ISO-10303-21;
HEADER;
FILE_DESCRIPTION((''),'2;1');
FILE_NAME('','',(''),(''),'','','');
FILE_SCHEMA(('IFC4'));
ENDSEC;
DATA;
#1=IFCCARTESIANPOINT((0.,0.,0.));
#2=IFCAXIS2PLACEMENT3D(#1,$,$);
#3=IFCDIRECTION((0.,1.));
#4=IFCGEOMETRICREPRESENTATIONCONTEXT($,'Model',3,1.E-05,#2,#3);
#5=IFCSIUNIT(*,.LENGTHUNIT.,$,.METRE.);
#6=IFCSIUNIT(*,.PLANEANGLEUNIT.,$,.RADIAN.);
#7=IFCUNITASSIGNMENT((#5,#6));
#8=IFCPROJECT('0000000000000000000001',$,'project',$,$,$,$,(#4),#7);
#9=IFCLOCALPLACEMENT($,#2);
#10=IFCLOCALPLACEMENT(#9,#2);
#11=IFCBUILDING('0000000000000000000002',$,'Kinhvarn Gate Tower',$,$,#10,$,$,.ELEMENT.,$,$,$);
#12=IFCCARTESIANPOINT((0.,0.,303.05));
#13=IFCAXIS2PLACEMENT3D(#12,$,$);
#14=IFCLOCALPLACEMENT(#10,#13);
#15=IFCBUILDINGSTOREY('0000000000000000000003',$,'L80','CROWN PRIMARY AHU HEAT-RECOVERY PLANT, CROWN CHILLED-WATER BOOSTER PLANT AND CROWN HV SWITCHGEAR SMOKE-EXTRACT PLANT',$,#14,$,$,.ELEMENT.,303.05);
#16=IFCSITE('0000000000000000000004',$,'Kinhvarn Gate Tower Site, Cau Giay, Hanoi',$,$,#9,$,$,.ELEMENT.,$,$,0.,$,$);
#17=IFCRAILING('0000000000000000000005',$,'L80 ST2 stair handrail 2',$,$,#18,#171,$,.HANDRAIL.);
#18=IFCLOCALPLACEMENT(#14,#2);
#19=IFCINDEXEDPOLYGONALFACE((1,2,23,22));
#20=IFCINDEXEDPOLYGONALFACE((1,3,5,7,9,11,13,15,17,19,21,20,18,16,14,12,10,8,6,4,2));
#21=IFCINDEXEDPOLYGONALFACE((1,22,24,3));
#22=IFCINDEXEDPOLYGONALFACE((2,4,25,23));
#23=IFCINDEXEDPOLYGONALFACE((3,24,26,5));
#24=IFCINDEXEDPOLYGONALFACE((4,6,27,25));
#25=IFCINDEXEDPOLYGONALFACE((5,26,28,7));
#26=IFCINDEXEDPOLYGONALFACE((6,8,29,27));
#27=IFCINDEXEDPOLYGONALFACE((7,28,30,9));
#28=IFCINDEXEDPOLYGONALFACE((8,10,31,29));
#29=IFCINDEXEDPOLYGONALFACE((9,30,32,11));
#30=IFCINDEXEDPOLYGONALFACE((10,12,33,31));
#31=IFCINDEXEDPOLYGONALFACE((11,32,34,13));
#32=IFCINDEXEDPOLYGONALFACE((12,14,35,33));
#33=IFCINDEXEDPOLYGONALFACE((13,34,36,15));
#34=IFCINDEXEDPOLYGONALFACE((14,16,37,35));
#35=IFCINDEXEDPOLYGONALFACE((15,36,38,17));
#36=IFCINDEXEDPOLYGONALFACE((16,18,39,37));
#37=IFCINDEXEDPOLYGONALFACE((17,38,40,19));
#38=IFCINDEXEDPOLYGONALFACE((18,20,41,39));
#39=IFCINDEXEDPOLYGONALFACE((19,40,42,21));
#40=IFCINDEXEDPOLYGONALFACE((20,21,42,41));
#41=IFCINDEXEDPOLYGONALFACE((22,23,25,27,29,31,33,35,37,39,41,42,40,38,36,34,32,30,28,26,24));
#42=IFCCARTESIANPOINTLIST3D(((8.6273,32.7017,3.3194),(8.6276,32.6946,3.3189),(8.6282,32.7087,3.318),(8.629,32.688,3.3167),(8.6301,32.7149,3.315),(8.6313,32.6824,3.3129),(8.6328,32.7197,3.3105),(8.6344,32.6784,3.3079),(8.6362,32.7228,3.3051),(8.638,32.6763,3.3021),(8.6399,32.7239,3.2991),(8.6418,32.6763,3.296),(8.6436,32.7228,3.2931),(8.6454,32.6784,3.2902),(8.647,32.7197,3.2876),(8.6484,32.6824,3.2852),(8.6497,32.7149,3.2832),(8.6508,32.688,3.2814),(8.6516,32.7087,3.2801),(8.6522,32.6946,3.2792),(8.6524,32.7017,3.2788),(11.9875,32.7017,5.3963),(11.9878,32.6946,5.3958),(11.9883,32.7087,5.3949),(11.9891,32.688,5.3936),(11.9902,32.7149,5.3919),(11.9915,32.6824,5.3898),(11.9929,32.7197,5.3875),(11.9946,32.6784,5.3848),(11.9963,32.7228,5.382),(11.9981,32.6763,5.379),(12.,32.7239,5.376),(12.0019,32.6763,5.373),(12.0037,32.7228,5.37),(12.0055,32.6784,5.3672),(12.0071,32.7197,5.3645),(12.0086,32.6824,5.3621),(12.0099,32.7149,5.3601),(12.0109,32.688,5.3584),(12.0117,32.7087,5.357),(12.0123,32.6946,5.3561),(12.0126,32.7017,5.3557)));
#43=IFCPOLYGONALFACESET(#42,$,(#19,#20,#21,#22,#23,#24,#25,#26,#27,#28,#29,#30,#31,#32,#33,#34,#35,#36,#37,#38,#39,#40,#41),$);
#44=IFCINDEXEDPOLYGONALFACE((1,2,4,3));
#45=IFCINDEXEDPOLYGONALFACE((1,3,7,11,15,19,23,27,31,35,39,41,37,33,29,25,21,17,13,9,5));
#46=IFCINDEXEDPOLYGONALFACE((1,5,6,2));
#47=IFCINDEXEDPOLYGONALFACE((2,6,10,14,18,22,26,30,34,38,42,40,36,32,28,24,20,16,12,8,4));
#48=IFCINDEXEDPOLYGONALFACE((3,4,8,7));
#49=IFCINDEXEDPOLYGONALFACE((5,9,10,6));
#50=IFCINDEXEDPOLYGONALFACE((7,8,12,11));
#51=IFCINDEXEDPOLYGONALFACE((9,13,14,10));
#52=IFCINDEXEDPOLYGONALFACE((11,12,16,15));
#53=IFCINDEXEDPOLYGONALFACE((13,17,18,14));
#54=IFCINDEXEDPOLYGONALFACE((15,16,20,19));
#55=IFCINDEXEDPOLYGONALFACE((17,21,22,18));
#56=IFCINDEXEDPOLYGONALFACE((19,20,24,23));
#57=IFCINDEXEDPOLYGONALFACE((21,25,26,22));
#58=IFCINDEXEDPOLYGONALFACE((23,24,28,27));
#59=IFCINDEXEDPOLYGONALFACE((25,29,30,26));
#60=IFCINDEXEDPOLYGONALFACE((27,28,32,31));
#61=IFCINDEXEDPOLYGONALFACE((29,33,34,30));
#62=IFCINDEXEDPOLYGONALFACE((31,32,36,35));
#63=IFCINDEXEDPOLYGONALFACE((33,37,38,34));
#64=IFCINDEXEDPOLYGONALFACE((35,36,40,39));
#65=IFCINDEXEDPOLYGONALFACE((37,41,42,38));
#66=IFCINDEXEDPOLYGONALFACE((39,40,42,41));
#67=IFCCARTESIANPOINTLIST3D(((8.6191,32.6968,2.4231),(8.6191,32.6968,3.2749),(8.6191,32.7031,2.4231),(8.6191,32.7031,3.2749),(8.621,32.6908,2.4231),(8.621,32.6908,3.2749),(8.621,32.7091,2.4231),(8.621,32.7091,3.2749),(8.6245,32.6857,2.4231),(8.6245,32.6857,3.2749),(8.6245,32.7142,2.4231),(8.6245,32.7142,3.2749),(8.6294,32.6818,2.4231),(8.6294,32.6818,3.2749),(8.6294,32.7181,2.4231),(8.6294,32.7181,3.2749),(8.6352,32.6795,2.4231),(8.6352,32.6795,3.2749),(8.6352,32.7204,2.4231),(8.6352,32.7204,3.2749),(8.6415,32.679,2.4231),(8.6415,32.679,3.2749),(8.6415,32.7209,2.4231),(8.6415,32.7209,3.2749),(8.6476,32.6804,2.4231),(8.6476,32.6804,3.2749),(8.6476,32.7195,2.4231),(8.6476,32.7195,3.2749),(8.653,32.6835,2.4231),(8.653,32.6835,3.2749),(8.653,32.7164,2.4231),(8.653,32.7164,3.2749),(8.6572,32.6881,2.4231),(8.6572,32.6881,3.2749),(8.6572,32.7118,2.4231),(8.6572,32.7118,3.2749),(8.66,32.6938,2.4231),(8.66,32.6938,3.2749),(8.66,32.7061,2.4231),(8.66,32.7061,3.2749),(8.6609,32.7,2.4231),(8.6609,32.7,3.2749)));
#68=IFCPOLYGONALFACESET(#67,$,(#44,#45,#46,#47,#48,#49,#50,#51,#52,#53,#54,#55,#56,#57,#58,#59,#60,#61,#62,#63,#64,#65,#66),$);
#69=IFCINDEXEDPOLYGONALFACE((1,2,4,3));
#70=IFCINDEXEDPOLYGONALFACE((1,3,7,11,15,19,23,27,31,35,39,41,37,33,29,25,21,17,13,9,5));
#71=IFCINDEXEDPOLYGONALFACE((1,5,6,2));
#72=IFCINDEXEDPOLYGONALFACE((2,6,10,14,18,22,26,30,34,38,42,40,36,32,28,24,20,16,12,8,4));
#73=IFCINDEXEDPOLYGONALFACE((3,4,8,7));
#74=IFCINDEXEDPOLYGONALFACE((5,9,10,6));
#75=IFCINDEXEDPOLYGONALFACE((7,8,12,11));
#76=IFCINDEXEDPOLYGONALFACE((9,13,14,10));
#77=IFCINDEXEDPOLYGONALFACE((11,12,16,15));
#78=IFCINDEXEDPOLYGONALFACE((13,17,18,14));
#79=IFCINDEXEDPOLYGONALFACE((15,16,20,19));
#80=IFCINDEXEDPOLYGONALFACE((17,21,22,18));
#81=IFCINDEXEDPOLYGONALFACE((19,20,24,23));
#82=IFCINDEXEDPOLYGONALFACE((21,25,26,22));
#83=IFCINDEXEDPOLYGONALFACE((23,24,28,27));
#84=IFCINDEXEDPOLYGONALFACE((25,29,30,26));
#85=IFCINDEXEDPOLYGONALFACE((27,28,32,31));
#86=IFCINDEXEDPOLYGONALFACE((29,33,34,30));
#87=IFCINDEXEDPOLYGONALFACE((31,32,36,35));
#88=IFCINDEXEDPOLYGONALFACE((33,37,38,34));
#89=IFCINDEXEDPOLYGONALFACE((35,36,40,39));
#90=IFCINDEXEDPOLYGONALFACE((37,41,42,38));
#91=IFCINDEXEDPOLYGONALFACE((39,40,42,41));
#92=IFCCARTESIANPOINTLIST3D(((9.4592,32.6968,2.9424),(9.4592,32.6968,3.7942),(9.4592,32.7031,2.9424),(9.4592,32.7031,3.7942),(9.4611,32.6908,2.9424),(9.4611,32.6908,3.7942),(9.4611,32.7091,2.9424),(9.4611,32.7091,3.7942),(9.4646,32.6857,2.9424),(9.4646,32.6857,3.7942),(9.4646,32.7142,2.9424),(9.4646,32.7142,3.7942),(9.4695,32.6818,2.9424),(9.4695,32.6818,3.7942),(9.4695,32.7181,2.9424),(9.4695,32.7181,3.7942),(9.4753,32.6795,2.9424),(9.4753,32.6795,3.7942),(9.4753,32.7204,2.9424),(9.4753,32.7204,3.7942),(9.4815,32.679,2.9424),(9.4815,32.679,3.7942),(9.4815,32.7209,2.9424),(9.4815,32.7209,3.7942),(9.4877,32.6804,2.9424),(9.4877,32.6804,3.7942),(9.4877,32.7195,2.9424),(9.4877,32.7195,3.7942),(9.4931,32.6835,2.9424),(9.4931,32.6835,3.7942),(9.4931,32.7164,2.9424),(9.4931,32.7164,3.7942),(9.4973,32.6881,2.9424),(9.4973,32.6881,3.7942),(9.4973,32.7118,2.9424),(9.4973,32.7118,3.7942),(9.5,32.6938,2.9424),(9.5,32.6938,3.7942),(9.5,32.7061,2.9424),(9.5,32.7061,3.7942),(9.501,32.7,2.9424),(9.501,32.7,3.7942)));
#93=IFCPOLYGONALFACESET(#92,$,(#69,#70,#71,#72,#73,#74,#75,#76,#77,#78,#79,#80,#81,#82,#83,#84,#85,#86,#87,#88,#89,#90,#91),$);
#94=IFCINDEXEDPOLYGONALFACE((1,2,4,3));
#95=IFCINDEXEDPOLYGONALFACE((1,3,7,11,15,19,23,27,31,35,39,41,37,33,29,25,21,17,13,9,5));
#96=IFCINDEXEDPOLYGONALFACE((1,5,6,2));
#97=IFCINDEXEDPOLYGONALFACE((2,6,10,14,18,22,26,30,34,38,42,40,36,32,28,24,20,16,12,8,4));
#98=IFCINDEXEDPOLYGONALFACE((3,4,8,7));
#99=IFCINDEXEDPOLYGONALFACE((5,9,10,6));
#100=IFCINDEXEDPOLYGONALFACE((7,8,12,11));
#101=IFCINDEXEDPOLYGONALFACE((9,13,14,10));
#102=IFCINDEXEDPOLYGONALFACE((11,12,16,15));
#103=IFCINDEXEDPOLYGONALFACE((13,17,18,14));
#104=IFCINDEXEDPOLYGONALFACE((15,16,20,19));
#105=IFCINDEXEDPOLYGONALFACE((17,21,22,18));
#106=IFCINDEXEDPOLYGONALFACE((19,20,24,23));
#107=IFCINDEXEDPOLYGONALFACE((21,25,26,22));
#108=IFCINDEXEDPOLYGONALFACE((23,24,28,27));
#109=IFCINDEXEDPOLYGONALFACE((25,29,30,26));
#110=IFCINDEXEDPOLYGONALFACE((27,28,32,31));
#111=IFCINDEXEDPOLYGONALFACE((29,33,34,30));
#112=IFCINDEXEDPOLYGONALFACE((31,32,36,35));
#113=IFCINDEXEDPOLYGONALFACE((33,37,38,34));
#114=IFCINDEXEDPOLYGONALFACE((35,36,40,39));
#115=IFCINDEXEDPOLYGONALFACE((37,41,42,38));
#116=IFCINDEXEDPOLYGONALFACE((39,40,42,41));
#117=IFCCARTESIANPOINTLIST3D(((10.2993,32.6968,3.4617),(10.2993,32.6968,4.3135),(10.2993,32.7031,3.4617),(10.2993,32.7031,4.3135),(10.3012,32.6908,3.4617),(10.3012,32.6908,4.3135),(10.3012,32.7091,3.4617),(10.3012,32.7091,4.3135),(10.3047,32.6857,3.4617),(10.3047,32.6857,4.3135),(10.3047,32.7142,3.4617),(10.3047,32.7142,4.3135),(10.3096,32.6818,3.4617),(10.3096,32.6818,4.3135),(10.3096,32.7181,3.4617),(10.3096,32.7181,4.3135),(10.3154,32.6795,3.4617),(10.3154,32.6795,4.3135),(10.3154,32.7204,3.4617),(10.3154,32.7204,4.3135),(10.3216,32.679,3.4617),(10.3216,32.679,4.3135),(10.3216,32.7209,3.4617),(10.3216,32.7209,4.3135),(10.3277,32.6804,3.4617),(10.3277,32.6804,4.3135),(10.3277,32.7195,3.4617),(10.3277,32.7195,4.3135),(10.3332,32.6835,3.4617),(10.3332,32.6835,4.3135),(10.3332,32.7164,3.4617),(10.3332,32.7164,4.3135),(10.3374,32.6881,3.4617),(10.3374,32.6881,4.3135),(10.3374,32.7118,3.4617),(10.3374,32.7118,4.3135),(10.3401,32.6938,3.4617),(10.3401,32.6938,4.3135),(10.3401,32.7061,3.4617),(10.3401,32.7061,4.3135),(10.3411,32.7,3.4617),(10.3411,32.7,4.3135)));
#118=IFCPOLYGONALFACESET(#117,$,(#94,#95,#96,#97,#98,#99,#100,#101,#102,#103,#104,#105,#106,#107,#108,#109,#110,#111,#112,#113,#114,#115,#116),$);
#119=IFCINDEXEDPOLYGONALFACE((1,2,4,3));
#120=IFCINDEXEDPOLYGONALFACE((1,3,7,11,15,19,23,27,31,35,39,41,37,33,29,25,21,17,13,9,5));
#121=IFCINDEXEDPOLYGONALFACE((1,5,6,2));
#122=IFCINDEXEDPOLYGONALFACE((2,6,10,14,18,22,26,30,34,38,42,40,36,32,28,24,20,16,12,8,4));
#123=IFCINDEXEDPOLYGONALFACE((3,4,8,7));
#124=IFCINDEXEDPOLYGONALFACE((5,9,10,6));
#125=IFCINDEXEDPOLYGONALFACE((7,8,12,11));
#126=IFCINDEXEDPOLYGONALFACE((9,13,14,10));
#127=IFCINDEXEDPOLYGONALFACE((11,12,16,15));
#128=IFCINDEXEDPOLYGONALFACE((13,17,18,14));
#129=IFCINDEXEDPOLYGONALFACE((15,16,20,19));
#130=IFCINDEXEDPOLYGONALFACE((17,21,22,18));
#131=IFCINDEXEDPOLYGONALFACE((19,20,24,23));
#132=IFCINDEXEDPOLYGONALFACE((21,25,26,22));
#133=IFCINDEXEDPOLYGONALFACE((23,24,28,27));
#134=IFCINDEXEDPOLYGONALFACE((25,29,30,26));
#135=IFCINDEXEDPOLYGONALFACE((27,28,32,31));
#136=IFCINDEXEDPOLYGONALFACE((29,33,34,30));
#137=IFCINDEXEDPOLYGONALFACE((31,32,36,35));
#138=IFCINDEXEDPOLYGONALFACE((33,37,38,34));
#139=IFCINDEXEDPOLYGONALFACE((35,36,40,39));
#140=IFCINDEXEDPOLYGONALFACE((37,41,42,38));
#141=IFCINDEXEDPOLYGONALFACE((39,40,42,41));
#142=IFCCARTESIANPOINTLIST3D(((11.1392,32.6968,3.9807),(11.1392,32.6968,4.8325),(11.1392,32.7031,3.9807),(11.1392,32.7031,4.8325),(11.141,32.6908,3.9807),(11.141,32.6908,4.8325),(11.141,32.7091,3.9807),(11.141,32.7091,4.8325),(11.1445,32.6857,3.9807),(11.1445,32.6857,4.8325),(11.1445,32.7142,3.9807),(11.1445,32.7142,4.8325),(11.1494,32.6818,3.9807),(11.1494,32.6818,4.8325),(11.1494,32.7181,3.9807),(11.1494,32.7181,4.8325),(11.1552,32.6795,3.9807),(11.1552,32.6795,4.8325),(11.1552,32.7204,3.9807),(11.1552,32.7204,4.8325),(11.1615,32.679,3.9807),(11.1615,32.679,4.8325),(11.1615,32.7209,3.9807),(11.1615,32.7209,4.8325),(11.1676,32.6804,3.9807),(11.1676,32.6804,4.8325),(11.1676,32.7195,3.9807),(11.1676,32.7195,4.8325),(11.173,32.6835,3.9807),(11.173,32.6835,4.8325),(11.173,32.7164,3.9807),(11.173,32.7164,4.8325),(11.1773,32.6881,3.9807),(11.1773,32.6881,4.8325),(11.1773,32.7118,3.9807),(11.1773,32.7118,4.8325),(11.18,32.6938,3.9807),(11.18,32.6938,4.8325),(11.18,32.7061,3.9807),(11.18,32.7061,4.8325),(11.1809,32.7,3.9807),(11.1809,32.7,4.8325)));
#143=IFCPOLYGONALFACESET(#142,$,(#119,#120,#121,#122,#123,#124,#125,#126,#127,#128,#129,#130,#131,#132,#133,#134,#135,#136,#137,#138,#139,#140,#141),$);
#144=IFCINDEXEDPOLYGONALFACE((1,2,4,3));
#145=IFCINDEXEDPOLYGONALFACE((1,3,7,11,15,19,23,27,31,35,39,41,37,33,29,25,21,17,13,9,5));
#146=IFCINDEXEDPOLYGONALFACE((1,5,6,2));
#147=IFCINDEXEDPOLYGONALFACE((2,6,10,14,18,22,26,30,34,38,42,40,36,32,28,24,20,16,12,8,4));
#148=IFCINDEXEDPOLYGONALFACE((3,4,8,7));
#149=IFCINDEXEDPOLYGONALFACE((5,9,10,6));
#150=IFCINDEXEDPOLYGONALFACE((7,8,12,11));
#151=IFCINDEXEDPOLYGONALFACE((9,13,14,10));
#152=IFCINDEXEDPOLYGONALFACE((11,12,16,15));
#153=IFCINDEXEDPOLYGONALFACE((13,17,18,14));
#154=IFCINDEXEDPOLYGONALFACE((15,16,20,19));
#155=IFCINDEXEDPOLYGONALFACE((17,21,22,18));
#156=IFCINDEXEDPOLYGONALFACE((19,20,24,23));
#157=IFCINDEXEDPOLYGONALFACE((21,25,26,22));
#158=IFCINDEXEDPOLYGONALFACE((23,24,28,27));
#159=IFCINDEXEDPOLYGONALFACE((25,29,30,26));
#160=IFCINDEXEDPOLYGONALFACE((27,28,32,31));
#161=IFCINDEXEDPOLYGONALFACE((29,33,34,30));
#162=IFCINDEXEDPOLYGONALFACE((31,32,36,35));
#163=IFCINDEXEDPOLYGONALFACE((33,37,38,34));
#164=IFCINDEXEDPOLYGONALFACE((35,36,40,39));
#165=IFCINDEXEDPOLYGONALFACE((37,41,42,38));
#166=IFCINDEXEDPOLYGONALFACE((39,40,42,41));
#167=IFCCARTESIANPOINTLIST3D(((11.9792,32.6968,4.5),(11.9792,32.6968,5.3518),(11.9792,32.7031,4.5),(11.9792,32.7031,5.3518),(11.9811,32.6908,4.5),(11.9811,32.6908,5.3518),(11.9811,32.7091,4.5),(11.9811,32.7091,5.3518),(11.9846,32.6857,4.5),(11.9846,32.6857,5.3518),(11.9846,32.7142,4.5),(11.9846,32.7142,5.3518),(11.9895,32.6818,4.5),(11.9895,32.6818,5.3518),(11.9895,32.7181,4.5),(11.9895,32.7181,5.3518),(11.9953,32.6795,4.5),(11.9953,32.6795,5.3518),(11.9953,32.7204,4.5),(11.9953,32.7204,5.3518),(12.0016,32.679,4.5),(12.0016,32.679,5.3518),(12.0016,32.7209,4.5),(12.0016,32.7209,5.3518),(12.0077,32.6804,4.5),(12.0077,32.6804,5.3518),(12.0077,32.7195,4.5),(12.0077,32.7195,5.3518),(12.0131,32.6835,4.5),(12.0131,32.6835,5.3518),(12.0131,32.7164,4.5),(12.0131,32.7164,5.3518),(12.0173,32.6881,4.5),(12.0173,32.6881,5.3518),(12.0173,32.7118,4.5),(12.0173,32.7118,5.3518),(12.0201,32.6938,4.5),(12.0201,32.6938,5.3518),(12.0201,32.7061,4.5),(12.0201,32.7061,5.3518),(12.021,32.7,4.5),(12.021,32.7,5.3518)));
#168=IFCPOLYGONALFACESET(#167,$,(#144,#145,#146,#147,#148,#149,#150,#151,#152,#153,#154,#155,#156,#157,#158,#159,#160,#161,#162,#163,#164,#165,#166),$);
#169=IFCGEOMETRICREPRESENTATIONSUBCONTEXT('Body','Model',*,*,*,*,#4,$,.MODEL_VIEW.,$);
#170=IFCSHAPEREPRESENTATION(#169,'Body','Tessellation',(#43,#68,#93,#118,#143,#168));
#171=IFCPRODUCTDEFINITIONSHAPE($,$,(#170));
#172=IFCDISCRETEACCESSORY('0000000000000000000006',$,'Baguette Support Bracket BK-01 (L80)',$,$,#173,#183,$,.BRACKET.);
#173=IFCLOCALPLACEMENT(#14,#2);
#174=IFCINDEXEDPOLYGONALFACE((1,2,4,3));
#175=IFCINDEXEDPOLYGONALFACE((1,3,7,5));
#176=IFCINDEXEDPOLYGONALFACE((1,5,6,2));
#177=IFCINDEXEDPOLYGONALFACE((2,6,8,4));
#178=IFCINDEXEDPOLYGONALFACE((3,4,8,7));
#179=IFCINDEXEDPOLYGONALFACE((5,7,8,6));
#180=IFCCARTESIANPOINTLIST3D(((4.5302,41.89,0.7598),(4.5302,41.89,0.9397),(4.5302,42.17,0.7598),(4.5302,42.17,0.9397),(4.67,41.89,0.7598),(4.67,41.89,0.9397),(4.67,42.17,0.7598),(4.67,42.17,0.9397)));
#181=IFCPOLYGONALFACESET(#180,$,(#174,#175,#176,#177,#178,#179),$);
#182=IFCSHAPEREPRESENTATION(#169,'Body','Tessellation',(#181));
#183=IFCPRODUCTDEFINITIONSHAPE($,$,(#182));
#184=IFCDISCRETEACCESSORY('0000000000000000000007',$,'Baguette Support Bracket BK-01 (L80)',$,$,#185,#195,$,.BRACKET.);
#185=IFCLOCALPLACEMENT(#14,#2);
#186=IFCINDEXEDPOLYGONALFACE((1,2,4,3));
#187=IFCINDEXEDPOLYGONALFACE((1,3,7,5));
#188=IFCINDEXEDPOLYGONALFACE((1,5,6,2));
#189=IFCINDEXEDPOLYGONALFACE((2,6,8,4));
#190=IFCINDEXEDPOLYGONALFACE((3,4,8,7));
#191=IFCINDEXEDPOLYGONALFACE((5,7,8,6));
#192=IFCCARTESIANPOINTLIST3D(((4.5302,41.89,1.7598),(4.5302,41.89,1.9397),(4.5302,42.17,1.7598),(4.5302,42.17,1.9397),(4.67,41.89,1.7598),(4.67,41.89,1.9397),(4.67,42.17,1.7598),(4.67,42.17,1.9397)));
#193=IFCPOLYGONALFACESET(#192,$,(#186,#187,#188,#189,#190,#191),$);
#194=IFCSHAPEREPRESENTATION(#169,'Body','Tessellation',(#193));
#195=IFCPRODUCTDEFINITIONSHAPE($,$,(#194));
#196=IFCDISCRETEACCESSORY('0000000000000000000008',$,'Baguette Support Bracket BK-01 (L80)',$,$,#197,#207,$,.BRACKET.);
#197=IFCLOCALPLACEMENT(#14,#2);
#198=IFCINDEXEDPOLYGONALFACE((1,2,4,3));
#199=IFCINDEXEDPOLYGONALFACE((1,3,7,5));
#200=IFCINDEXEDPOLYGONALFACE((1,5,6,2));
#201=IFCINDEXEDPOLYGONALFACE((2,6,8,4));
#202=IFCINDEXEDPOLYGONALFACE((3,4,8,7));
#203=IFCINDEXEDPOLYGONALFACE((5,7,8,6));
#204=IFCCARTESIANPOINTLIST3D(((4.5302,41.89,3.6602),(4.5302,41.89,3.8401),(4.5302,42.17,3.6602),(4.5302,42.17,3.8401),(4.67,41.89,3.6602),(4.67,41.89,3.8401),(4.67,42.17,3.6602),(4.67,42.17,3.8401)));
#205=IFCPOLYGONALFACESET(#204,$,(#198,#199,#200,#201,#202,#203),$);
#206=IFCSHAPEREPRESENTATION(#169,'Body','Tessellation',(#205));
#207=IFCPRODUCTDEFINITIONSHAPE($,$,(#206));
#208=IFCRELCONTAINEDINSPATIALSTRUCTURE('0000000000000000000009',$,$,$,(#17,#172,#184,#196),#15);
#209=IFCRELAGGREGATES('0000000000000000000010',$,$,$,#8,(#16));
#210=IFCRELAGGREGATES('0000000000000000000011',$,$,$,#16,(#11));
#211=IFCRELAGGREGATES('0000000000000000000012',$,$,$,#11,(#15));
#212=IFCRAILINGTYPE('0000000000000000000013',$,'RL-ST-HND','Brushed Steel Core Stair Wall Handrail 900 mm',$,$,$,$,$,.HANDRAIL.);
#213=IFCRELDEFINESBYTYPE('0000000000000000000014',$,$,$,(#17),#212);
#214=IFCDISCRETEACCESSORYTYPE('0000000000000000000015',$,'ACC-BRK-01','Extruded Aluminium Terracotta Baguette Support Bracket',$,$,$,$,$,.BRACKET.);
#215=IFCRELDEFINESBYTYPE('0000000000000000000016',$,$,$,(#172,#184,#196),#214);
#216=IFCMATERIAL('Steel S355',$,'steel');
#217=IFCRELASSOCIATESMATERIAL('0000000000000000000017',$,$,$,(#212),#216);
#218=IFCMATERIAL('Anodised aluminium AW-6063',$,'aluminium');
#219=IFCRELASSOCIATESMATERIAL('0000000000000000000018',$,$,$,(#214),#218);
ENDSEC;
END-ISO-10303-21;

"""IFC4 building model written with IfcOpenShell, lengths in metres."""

from ifc_helpers import new_model, si_unit, direction, frame, origin, origin_2d, place, context, subcontext, project, spatial, rectangle, circle, extrude, material, type_object, element, save


model = new_model("IFC4")

# Units and contexts
model_context = context("Model", 3, precision=1e-05, world=origin(), true_north=direction((0.0, 1.0)))
body_context = subcontext(model_context, "Body", "Model", "MODEL_VIEW")
ifc_project = project(units=[si_unit("LENGTHUNIT", "METRE"), si_unit("PLANEANGLEUNIT", "RADIAN")], contexts=[model_context])

# Site, building, storey
site_placement = place(None, origin())
site = spatial("IfcSite", under=ifc_project, at=site_placement, Name="Kinhvarn Gate Tower Site, Cau Giay, Hanoi", CompositionType="ELEMENT", RefElevation=0.0)
building_placement = place(site_placement, origin())
building = spatial("IfcBuilding", under=site, at=building_placement, Name="Kinhvarn Gate Tower", CompositionType="ELEMENT")
storey_placement = place(building_placement, frame((0.0, 0.0, 303.05)))
storey = spatial("IfcBuildingStorey", under=building, at=storey_placement, Name="L80", Description="CROWN PRIMARY AHU HEAT-RECOVERY PLANT, CROWN CHILLED-WATER BOOSTER PLANT AND CROWN HV SWITCHGEAR SMOKE-EXTRACT PLANT", CompositionType="ELEMENT", Elevation=303.05)

# Shared definitions
ifc_material_1 = material(Name="Steel S355", Category="steel")

# Shared definitions
ifc_material_2 = material(Name="Anodised aluminium AW-6063", Category="aluminium")

# Railing
railing_type_1 = type_object("IfcRailingType", Name="RL-ST-HND", Description="Brushed Steel Core Stair Wall Handrail 900 mm", PredefinedType="HANDRAIL", material=ifc_material_1)
railing_1_placement = place(storey_placement, frame((8.6399, 32.7, 2.4231)))
element("IfcRailing", 1, at=railing_1_placement, inside=storey, type_object=railing_type_1, Name="L80 ST2 stair handrail 2", PredefinedType="HANDRAIL", context=body_context, shape_type="SweptSolid", body=[
    extrude(circle(Radius=0.0239, at=origin_2d()), frame((0.0, 0.0, 0.876), z_axis=(0.850623, 0.0, 0.525776), x_axis=(0.0, 1.0, 0.0)), (0.0, 0.0, 1.0), 3.9502),
    extrude(circle(Radius=0.021, at=origin_2d()), origin(), (0.0, 0.0, 1.0), 0.8518),
    extrude(circle(Radius=0.021, at=origin_2d()), frame((0.8401, 0.0, 0.5193)), (0.0, 0.0, 1.0), 0.8518),
    extrude(circle(Radius=0.021, at=origin_2d()), frame((1.6802, 0.0, 1.0386)), (0.0, 0.0, 1.0), 0.8518),
    extrude(circle(Radius=0.021, at=origin_2d()), frame((2.52, 0.0, 1.5576)), (0.0, 0.0, 1.0), 0.8518),
    extrude(circle(Radius=0.021, at=origin_2d()), frame((3.3601, 0.0, 2.0769)), (0.0, 0.0, 1.0), 0.8518),
])

# Discrete accessories
discrete_accessory_type = type_object("IfcDiscreteAccessoryType", Name="ACC-BRK-01", Description="Extruded Aluminium Terracotta Baguette Support Bracket", PredefinedType="BRACKET", material=ifc_material_2)
for number, where, z_axis, x_axis, name in (
    (2, (4.6001, 42.03, 0.7598), (0.0, 0.0, 1.0), (-1.0, 0.0, 0.0), "Baguette Support Bracket BK-01 (L80)"),
    (3, (4.6001, 42.03, 1.7598), (0.0, 0.0, 1.0), (-1.0, 0.0, 0.0), "Baguette Support Bracket BK-01 (L80)"),
    (4, (4.6001, 42.03, 3.6602), (0.0, 0.0, 1.0), (-1.0, 0.0, 0.0), "Baguette Support Bracket BK-01 (L80)"),
):
    element("IfcDiscreteAccessory", number, at=place(storey_placement, frame(where, z_axis=z_axis, x_axis=x_axis)), inside=storey, type_object=discrete_accessory_type, Name=name, PredefinedType="BRACKET", context=body_context, shape_type="SweptSolid", body=[
        extrude(rectangle(XDim=0.1399, YDim=0.28, at=origin_2d()), origin(), (0.0, 0.0, 1.0), 0.1799),
    ])

save(model, "model.ifc")
